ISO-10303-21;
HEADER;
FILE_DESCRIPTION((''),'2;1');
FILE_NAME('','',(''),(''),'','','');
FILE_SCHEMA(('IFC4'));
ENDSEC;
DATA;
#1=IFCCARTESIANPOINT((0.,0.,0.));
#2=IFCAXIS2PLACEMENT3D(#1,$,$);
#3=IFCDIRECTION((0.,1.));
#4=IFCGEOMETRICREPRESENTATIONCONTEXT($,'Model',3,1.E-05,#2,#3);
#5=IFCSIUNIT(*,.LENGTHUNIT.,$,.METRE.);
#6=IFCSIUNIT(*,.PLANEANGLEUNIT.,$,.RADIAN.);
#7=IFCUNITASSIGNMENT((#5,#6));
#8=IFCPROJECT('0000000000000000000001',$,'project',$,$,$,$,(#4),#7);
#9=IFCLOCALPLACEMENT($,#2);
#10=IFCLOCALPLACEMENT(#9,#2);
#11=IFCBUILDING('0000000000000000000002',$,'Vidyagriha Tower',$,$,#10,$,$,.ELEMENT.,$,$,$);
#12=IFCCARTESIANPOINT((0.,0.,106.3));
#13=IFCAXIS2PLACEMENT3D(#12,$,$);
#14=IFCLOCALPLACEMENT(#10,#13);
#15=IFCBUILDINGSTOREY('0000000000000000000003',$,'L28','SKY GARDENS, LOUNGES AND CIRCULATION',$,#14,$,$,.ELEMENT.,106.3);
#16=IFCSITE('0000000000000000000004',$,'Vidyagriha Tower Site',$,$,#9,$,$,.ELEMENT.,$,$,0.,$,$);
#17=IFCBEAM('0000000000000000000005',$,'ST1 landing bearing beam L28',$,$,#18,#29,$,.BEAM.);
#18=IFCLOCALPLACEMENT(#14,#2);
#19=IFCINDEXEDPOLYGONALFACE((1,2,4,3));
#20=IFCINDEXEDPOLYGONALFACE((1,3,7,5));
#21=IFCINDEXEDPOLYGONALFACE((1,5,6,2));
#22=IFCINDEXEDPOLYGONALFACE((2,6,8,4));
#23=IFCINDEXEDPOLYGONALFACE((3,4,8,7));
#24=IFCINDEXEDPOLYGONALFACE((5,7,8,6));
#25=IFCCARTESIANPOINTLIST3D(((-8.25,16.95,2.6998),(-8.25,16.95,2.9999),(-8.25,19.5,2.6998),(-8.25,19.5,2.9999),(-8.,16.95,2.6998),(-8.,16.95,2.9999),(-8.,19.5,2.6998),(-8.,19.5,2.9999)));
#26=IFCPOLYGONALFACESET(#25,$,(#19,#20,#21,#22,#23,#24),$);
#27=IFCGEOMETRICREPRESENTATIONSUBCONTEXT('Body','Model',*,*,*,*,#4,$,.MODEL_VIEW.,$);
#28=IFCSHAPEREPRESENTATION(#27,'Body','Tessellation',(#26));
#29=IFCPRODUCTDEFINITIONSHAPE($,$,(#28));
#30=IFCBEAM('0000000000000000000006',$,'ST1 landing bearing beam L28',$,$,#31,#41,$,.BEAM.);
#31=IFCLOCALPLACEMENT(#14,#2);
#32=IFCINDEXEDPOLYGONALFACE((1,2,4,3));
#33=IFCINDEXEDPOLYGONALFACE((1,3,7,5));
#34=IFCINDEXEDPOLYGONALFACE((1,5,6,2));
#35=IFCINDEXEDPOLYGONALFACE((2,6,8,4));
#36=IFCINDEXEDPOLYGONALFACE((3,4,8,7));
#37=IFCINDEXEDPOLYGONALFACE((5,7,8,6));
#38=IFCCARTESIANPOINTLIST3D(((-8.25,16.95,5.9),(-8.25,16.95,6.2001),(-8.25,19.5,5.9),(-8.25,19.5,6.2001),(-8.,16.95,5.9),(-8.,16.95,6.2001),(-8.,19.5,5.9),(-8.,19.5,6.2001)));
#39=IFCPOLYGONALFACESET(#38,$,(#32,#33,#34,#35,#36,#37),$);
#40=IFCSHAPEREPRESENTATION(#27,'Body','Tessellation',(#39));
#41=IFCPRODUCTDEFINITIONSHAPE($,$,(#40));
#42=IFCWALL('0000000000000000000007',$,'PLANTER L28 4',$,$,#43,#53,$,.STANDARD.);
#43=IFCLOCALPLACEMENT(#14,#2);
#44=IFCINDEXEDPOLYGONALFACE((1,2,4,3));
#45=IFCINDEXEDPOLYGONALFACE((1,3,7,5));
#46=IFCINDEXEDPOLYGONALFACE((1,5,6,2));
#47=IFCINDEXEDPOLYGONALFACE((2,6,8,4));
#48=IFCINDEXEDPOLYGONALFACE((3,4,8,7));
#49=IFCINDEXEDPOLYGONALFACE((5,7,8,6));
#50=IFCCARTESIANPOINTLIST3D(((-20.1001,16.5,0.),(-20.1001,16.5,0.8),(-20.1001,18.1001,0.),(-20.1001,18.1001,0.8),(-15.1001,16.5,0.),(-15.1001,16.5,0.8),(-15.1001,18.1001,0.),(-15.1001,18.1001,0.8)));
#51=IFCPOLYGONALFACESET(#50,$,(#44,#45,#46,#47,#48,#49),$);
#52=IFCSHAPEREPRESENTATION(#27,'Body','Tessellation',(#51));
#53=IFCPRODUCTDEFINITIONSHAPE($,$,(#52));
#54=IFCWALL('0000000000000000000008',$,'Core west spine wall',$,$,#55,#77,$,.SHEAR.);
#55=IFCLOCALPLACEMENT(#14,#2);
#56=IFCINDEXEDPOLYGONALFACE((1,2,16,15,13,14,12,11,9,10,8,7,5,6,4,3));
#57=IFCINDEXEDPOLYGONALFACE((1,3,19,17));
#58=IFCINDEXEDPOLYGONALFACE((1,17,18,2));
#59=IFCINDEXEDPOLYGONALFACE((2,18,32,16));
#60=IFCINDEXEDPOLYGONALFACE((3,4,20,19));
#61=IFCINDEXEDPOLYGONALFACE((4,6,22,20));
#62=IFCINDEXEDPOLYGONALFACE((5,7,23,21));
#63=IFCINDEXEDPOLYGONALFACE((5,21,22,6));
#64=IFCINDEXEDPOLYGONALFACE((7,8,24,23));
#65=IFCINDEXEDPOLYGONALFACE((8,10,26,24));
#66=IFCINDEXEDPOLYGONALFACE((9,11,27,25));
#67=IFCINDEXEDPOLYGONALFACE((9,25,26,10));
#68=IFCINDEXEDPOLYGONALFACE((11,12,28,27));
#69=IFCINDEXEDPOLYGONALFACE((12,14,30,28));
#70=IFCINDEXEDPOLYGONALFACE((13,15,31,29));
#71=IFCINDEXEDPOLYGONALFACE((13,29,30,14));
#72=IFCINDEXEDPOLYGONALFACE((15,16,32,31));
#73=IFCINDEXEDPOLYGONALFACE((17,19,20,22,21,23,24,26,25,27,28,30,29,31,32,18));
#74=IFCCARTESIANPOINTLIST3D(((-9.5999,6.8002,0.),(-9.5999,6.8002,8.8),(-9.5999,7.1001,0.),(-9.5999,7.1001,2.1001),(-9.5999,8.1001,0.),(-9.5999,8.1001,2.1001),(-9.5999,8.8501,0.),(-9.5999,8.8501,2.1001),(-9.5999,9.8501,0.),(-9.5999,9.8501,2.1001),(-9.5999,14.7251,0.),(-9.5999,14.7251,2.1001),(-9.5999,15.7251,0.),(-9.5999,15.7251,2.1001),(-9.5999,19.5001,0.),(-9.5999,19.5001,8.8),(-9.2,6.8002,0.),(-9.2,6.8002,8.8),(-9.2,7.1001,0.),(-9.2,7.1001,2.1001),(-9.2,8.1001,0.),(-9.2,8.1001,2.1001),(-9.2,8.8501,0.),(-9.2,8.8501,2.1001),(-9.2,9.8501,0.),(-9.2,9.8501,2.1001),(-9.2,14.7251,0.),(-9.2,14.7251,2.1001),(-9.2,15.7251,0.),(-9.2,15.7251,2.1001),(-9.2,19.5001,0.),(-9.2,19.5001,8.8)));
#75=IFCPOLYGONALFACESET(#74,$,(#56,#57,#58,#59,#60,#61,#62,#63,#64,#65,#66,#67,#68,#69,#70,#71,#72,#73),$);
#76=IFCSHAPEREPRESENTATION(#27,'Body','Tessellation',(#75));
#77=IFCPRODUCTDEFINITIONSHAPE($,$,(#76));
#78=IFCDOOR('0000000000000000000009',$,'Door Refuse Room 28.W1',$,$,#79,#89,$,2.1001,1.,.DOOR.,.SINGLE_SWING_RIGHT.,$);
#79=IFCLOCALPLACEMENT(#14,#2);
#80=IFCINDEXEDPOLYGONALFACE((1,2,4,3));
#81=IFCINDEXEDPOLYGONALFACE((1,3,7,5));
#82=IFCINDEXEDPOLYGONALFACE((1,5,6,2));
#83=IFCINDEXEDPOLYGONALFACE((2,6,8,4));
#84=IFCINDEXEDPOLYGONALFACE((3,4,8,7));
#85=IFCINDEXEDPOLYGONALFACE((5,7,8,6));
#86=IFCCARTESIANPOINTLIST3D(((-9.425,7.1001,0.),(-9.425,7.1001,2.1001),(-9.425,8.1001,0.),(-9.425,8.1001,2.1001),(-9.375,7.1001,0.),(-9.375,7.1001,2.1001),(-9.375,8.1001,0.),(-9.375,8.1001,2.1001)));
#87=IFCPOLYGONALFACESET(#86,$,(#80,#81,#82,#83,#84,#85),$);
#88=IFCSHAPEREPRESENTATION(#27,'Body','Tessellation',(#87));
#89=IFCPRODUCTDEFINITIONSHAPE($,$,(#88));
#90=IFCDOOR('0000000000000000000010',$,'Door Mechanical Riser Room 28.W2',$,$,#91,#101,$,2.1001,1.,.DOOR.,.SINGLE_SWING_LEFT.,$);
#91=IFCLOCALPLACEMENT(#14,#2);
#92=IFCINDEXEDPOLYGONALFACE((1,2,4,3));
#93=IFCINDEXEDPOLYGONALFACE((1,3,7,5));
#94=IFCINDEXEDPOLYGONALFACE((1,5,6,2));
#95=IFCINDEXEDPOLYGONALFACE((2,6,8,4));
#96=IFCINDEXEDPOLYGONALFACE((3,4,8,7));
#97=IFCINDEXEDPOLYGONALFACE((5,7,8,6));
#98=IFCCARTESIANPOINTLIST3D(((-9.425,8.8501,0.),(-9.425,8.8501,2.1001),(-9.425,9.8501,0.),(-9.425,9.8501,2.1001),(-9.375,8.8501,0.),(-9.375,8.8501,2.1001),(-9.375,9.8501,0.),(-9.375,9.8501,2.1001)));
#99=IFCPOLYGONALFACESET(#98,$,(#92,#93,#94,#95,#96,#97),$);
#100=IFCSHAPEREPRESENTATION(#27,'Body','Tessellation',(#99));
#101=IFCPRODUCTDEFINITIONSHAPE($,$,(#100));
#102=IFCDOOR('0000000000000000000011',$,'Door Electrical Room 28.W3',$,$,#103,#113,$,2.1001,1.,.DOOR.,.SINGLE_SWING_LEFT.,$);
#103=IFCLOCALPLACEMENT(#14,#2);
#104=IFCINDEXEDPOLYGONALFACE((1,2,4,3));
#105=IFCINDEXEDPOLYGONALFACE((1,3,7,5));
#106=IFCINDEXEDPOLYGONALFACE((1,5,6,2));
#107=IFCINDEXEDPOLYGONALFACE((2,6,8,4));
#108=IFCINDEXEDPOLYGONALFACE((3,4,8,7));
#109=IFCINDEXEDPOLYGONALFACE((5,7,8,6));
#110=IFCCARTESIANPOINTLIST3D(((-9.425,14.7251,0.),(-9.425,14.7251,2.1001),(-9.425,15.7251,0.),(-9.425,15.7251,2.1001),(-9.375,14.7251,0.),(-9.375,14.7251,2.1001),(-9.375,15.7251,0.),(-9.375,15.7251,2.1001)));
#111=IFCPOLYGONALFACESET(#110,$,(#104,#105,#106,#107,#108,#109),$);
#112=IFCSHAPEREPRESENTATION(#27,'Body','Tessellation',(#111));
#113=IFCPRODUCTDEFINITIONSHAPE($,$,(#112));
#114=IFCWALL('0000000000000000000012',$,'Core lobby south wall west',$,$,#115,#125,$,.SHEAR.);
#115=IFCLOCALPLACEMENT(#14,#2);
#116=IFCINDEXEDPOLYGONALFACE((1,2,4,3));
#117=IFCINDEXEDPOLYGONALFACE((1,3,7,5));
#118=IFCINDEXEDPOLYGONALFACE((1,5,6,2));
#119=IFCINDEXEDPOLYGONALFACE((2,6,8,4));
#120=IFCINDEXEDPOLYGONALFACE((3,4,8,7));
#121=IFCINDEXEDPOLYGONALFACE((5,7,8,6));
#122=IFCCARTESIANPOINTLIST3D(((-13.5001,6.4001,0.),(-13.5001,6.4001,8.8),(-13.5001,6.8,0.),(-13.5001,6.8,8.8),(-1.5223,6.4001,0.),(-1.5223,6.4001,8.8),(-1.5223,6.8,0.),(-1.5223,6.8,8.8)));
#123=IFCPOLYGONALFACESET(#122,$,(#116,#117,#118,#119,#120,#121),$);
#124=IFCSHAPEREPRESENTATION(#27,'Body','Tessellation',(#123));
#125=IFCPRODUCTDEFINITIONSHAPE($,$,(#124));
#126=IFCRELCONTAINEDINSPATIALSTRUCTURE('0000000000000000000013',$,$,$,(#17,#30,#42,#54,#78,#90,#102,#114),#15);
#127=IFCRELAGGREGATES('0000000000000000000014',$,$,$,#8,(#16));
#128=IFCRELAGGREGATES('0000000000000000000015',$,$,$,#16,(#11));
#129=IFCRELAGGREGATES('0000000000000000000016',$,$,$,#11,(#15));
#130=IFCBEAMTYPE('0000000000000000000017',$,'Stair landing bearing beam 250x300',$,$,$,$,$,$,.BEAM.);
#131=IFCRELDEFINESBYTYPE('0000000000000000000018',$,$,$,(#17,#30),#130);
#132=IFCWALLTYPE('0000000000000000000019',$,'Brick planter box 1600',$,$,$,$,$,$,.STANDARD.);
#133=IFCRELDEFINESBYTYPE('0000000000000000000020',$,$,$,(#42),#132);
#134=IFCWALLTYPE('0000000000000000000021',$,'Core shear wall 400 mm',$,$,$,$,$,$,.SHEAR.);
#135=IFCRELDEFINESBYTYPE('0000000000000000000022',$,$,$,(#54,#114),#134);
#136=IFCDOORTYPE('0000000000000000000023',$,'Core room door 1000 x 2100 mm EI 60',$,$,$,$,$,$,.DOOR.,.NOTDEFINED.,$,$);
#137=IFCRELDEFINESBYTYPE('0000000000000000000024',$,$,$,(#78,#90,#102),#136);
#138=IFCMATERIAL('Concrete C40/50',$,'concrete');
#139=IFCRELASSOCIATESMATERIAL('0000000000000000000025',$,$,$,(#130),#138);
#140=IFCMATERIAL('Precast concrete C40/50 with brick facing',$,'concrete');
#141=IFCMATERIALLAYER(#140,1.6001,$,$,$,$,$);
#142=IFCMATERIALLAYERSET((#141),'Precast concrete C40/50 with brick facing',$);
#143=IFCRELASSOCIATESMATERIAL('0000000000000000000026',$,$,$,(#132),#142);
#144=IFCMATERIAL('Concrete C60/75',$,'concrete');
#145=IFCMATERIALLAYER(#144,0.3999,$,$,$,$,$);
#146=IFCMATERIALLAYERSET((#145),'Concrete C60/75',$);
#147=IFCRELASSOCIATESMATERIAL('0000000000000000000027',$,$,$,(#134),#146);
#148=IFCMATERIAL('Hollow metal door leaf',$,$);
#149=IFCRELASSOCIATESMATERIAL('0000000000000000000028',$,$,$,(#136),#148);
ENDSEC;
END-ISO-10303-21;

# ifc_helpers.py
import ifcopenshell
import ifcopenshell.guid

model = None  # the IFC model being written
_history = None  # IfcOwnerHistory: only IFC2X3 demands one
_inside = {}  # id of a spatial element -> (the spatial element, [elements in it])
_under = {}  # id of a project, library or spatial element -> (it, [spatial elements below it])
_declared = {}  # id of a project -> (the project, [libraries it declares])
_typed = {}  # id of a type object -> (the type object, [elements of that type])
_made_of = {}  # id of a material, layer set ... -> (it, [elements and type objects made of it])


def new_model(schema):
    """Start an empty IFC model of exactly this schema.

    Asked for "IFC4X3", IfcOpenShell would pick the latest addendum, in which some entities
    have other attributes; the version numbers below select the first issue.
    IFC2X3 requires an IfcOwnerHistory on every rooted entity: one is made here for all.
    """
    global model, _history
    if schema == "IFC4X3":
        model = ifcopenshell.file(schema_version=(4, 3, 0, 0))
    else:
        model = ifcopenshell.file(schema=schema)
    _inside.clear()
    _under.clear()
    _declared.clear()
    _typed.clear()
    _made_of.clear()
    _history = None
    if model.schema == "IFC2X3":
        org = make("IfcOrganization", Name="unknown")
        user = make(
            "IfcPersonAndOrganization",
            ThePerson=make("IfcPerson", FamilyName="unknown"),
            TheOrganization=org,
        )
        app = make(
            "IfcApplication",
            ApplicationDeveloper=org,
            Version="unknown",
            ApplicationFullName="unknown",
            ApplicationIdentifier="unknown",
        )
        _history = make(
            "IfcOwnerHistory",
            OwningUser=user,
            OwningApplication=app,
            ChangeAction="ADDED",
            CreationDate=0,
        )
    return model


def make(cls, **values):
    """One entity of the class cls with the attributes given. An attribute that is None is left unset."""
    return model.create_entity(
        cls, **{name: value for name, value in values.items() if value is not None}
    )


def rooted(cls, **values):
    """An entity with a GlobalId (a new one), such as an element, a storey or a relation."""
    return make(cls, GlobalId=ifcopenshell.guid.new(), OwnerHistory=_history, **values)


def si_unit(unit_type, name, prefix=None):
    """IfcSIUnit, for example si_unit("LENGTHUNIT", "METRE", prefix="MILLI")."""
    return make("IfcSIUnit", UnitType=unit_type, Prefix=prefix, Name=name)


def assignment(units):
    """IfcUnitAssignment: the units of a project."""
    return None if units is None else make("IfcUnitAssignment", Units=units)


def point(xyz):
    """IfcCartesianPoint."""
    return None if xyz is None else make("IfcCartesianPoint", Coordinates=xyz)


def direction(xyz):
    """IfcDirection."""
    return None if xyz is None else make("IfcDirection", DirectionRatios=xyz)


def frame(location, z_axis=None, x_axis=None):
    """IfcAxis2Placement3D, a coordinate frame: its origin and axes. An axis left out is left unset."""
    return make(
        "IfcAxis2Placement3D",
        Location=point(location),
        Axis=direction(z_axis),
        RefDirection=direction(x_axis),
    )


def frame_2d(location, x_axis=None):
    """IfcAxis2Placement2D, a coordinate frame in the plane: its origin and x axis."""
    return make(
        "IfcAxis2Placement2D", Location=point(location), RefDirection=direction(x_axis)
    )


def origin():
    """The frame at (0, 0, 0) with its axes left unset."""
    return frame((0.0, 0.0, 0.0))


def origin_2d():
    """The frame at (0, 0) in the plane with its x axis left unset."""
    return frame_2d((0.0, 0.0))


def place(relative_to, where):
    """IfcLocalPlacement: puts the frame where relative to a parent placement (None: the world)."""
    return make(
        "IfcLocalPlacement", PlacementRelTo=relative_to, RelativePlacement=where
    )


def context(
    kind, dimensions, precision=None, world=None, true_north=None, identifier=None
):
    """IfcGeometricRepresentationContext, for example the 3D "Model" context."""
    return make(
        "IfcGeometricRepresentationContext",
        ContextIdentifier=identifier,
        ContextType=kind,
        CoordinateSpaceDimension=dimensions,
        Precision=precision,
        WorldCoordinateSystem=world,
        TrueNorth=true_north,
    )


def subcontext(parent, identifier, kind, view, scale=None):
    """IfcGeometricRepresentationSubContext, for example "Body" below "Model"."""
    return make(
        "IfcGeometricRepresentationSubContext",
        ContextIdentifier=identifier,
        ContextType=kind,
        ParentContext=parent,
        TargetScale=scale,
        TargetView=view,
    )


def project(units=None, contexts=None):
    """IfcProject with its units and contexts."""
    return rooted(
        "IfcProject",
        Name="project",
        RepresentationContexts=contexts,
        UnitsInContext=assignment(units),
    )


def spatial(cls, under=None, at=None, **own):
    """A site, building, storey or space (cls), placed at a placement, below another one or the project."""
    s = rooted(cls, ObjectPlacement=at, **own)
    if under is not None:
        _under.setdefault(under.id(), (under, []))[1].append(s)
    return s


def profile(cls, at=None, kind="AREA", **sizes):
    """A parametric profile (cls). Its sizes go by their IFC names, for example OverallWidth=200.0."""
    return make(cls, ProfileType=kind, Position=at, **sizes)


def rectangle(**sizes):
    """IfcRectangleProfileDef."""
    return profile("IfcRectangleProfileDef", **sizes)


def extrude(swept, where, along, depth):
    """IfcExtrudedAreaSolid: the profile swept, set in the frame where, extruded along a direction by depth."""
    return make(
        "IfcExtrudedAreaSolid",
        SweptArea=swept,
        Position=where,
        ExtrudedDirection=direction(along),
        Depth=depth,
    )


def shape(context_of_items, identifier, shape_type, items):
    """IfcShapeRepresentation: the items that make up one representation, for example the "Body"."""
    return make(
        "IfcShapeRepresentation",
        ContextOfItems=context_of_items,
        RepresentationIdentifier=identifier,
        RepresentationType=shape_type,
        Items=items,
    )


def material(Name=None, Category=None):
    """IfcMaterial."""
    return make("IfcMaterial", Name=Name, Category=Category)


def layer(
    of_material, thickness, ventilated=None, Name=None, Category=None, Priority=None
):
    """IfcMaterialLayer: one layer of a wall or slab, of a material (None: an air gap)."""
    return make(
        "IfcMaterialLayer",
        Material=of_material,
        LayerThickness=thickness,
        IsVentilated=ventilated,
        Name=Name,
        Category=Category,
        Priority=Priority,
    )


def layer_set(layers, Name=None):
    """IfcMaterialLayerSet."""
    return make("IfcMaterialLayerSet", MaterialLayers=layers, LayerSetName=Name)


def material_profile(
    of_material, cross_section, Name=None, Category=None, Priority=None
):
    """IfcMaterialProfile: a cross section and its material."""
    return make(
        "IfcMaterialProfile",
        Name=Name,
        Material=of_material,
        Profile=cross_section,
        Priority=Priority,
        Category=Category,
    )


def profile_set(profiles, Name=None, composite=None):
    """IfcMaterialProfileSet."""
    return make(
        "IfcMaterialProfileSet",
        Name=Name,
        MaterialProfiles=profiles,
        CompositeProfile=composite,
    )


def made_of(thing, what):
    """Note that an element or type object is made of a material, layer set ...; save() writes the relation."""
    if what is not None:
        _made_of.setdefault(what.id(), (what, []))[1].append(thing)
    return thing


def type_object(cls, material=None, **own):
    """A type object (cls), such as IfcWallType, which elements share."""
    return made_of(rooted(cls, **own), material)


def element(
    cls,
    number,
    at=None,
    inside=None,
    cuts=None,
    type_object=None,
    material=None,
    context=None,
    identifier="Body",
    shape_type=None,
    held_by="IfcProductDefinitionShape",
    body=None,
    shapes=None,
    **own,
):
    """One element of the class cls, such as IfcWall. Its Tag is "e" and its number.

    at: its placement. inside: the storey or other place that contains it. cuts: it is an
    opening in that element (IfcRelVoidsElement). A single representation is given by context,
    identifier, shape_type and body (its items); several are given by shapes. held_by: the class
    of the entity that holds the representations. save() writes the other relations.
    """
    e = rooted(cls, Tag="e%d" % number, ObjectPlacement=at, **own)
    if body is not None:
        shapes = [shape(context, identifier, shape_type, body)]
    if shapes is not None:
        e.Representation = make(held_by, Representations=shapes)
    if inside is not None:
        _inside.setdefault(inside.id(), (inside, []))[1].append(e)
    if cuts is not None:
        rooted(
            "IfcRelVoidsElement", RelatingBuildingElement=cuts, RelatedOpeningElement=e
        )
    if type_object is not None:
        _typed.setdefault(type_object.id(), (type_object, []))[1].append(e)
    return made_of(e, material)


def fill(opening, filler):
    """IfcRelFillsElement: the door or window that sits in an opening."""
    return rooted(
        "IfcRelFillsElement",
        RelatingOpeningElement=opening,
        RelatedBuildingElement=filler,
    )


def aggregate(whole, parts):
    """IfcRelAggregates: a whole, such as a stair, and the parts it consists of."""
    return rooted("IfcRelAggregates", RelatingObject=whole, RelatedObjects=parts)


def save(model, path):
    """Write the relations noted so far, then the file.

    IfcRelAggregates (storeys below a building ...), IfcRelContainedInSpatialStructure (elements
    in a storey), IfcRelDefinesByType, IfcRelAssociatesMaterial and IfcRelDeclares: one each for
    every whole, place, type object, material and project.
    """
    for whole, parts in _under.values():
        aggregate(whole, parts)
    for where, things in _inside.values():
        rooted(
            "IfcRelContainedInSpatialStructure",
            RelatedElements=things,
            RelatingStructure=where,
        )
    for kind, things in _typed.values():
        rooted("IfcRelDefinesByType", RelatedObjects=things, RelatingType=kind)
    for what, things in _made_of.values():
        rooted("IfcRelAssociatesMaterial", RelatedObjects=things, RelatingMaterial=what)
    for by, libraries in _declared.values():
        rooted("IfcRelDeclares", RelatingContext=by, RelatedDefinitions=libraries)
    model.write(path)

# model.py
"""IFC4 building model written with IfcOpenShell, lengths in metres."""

from ifc_helpers import new_model, si_unit, direction, frame, frame_2d, origin, origin_2d, place, context, subcontext, project, spatial, rectangle, extrude, material, layer, layer_set, material_profile, profile_set, type_object, element, fill, save


model = new_model("IFC4")

# Units and contexts
model_context = context("Model", 3, precision=1e-05, world=origin(), true_north=direction((0.0, 1.0)))
body_context = subcontext(model_context, "Body", "Model", "MODEL_VIEW")
ifc_project = project(units=[si_unit("LENGTHUNIT", "METRE"), si_unit("PLANEANGLEUNIT", "RADIAN")], contexts=[model_context])

# Site, building, storey
site_placement = place(None, origin())
site = spatial("IfcSite", under=ifc_project, at=site_placement, Name="Vidyagriha Tower Site", CompositionType="ELEMENT", RefElevation=0.0)
building_placement = place(site_placement, origin())
building = spatial("IfcBuilding", under=site, at=building_placement, Name="Vidyagriha Tower", CompositionType="ELEMENT")
storey_placement = place(building_placement, frame((0.0, 0.0, 106.3)))
storey = spatial("IfcBuildingStorey", under=building, at=storey_placement, Name="L28", Description="SKY GARDENS, LOUNGES AND CIRCULATION", CompositionType="ELEMENT", Elevation=106.3)

# Beams
ifc_material_1 = material(Name="Concrete C40/50", Category="concrete")
ifc_material_profile = material_profile(ifc_material_1, rectangle(XDim=0.25, YDim=0.3, at=origin_2d()), Name="Stair landing bearing beam 250x300")
ifc_profile_set = profile_set([ifc_material_profile], Name="Concrete C40/50")
beam_type = type_object("IfcBeamType", Name="Stair landing bearing beam 250x300", PredefinedType="BEAM", material=ifc_profile_set)
for number, where, z_axis, x_axis, name in (
    (1, (-8.125, 16.95, 2.8499), (0.0, 1.0, 0.0), (-1.0, 0.0, 0.0), "ST1 landing bearing beam L28"),
    (2, (-8.125, 16.95, 6.05), (0.0, 1.0, 0.0), (-1.0, 0.0, 0.0), "ST1 landing bearing beam L28"),
):
    element("IfcBeam", number, at=place(storey_placement, frame(where, z_axis=z_axis, x_axis=x_axis)), inside=storey, type_object=beam_type, Name=name, PredefinedType="BEAM", context=body_context, shape_type="SweptSolid", body=[
        extrude(rectangle(XDim=0.25, YDim=0.3, at=origin_2d()), origin(), (0.0, 0.0, 1.0), 2.55),
    ])

# Wall
ifc_material_2 = material(Name="Precast concrete C40/50 with brick facing", Category="concrete")
ifc_layer_1 = layer(ifc_material_2, 1.6001)
ifc_layer_set_1 = layer_set([ifc_layer_1], Name="Precast concrete C40/50 with brick facing")
wall_type_1 = type_object("IfcWallType", Name="Brick planter box 1600", PredefinedType="STANDARD", material=ifc_layer_set_1)
wall_1_placement = place(storey_placement, frame((-15.1001, 17.3, 0.0), z_axis=(0.0, 0.0, 1.0), x_axis=(-1.0, 0.0, 0.0)))
element("IfcWall", 3, at=wall_1_placement, inside=storey, type_object=wall_type_1, Name="PLANTER L28 4", PredefinedType="STANDARD", context=body_context, shape_type="SweptSolid", body=[
    extrude(rectangle(XDim=5.0, YDim=1.6001, at=frame_2d((2.5, 0.0))), origin(), (0.0, 0.0, 1.0), 0.8),
])

# Wall, openings, doors
ifc_material_3 = material(Name="Concrete C60/75", Category="concrete")
ifc_layer_2 = layer(ifc_material_3, 0.3999)
ifc_layer_set_2 = layer_set([ifc_layer_2], Name="Concrete C60/75")
wall_type_2 = type_object("IfcWallType", Name="Core shear wall 400 mm", PredefinedType="SHEAR", material=ifc_layer_set_2)
wall_2_placement = place(storey_placement, frame((-9.3999, 6.8, 0.0), z_axis=(0.0, 0.0, 1.0), x_axis=(0.0, 1.0, 0.0)))
wall_2 = element("IfcWall", 4, at=wall_2_placement, inside=storey, type_object=wall_type_2, Name="Core west spine wall", PredefinedType="SHEAR", context=body_context, shape_type="SweptSolid", body=[
    extrude(rectangle(XDim=12.7, YDim=0.3999, at=frame_2d((6.3501, 0.0))), origin(), (0.0, 0.0, 1.0), 8.8),
])
opening_1_placement = place(wall_2_placement, frame((0.3, 0.0, 0.0)))
opening_1 = element("IfcOpeningElement", 5, at=opening_1_placement, cuts=wall_2, PredefinedType="OPENING", context=body_context, shape_type="SweptSolid", body=[
    extrude(rectangle(XDim=1.0, YDim=2.1001, at=frame_2d((0.5, 1.05))), frame((0.0, 0.21, 0.0), z_axis=(0.0, -1.0, 0.0), x_axis=(1.0, 0.0, 0.0)), (0.0, 0.0, 1.0), 0.4199),
])
opening_2_placement = place(wall_2_placement, frame((2.05, 0.0, 0.0)))
opening_2 = element("IfcOpeningElement", 6, at=opening_2_placement, cuts=wall_2, PredefinedType="OPENING", context=body_context, shape_type="SweptSolid", body=[
    extrude(rectangle(XDim=1.0, YDim=2.1001, at=frame_2d((0.5, 1.05))), frame((0.0, 0.21, 0.0), z_axis=(0.0, -1.0, 0.0), x_axis=(1.0, 0.0, 0.0)), (0.0, 0.0, 1.0), 0.4199),
])
opening_3_placement = place(wall_2_placement, frame((7.925, 0.0, 0.0)))
opening_3 = element("IfcOpeningElement", 7, at=opening_3_placement, cuts=wall_2, PredefinedType="OPENING", context=body_context, shape_type="SweptSolid", body=[
    extrude(rectangle(XDim=1.0, YDim=2.1001, at=frame_2d((0.5, 1.05))), frame((0.0, 0.21, 0.0), z_axis=(0.0, -1.0, 0.0), x_axis=(1.0, 0.0, 0.0)), (0.0, 0.0, 1.0), 0.4199),
])
ifc_material_4 = material(Name="Hollow metal door leaf")
door_type_1 = type_object("IfcDoorType", Name="Core room door 1000 x 2100 mm EI 60", OperationType="NOTDEFINED", PredefinedType="DOOR", material=ifc_material_4)
door_1_placement = place(opening_1_placement, frame((1.0, 0.0, 0.0), z_axis=(0.0, 0.0, 1.0), x_axis=(-1.0, 0.0, 0.0)))
door_1 = element("IfcDoor", 8, at=door_1_placement, inside=storey, type_object=door_type_1, Name="Door Refuse Room 28.W1", OperationType="SINGLE_SWING_RIGHT", OverallHeight=2.1001, OverallWidth=1.0, PredefinedType="DOOR", context=body_context, shape_type="SweptSolid", body=[
    extrude(rectangle(XDim=1.0, YDim=2.1001, at=frame_2d((0.5, 1.05))), frame((0.0, 0.0249, 0.0), z_axis=(0.0, -1.0, 0.0), x_axis=(1.0, 0.0, 0.0)), (0.0, 0.0, 1.0), 0.05),
])
fill(opening_1, door_1)
door_2_placement = place(opening_2_placement, frame((1.0, 0.0, 0.0), z_axis=(0.0, 0.0, 1.0), x_axis=(-1.0, 0.0, 0.0)))
door_2 = element("IfcDoor", 9, at=door_2_placement, inside=storey, type_object=door_type_1, Name="Door Mechanical Riser Room 28.W2", OperationType="SINGLE_SWING_LEFT", OverallHeight=2.1001, OverallWidth=1.0, PredefinedType="DOOR", context=body_context, shape_type="SweptSolid", body=[
    extrude(rectangle(XDim=1.0, YDim=2.1001, at=frame_2d((0.5, 1.05))), frame((0.0, 0.0249, 0.0), z_axis=(0.0, -1.0, 0.0), x_axis=(1.0, 0.0, 0.0)), (0.0, 0.0, 1.0), 0.05),
])
fill(opening_2, door_2)
door_3_placement = place(opening_3_placement, frame((1.0, 0.0, 0.0), z_axis=(0.0, 0.0, 1.0), x_axis=(-1.0, 0.0, 0.0)))
door_3 = element("IfcDoor", 10, at=door_3_placement, inside=storey, type_object=door_type_1, Name="Door Electrical Room 28.W3", OperationType="SINGLE_SWING_LEFT", OverallHeight=2.1001, OverallWidth=1.0, PredefinedType="DOOR", context=body_context, shape_type="SweptSolid", body=[
    extrude(rectangle(XDim=1.0, YDim=2.1001, at=frame_2d((0.5, 1.05))), frame((0.0, 0.0249, 0.0), z_axis=(0.0, -1.0, 0.0), x_axis=(1.0, 0.0, 0.0)), (0.0, 0.0, 1.0), 0.05),
])
fill(opening_3, door_3)

# Wall
wall_3_placement = place(storey_placement, frame((-13.5, 6.6001, 0.0)))
element("IfcWall", 11, at=wall_3_placement, inside=storey, type_object=wall_type_2, Name="Core lobby south wall west", PredefinedType="SHEAR", context=body_context, shape_type="SweptSolid", body=[
    extrude(rectangle(XDim=11.9778, YDim=0.3999, at=frame_2d((5.9888, 0.0))), origin(), (0.0, 0.0, 1.0), 8.8),
])

save(model, "model.ifc")
